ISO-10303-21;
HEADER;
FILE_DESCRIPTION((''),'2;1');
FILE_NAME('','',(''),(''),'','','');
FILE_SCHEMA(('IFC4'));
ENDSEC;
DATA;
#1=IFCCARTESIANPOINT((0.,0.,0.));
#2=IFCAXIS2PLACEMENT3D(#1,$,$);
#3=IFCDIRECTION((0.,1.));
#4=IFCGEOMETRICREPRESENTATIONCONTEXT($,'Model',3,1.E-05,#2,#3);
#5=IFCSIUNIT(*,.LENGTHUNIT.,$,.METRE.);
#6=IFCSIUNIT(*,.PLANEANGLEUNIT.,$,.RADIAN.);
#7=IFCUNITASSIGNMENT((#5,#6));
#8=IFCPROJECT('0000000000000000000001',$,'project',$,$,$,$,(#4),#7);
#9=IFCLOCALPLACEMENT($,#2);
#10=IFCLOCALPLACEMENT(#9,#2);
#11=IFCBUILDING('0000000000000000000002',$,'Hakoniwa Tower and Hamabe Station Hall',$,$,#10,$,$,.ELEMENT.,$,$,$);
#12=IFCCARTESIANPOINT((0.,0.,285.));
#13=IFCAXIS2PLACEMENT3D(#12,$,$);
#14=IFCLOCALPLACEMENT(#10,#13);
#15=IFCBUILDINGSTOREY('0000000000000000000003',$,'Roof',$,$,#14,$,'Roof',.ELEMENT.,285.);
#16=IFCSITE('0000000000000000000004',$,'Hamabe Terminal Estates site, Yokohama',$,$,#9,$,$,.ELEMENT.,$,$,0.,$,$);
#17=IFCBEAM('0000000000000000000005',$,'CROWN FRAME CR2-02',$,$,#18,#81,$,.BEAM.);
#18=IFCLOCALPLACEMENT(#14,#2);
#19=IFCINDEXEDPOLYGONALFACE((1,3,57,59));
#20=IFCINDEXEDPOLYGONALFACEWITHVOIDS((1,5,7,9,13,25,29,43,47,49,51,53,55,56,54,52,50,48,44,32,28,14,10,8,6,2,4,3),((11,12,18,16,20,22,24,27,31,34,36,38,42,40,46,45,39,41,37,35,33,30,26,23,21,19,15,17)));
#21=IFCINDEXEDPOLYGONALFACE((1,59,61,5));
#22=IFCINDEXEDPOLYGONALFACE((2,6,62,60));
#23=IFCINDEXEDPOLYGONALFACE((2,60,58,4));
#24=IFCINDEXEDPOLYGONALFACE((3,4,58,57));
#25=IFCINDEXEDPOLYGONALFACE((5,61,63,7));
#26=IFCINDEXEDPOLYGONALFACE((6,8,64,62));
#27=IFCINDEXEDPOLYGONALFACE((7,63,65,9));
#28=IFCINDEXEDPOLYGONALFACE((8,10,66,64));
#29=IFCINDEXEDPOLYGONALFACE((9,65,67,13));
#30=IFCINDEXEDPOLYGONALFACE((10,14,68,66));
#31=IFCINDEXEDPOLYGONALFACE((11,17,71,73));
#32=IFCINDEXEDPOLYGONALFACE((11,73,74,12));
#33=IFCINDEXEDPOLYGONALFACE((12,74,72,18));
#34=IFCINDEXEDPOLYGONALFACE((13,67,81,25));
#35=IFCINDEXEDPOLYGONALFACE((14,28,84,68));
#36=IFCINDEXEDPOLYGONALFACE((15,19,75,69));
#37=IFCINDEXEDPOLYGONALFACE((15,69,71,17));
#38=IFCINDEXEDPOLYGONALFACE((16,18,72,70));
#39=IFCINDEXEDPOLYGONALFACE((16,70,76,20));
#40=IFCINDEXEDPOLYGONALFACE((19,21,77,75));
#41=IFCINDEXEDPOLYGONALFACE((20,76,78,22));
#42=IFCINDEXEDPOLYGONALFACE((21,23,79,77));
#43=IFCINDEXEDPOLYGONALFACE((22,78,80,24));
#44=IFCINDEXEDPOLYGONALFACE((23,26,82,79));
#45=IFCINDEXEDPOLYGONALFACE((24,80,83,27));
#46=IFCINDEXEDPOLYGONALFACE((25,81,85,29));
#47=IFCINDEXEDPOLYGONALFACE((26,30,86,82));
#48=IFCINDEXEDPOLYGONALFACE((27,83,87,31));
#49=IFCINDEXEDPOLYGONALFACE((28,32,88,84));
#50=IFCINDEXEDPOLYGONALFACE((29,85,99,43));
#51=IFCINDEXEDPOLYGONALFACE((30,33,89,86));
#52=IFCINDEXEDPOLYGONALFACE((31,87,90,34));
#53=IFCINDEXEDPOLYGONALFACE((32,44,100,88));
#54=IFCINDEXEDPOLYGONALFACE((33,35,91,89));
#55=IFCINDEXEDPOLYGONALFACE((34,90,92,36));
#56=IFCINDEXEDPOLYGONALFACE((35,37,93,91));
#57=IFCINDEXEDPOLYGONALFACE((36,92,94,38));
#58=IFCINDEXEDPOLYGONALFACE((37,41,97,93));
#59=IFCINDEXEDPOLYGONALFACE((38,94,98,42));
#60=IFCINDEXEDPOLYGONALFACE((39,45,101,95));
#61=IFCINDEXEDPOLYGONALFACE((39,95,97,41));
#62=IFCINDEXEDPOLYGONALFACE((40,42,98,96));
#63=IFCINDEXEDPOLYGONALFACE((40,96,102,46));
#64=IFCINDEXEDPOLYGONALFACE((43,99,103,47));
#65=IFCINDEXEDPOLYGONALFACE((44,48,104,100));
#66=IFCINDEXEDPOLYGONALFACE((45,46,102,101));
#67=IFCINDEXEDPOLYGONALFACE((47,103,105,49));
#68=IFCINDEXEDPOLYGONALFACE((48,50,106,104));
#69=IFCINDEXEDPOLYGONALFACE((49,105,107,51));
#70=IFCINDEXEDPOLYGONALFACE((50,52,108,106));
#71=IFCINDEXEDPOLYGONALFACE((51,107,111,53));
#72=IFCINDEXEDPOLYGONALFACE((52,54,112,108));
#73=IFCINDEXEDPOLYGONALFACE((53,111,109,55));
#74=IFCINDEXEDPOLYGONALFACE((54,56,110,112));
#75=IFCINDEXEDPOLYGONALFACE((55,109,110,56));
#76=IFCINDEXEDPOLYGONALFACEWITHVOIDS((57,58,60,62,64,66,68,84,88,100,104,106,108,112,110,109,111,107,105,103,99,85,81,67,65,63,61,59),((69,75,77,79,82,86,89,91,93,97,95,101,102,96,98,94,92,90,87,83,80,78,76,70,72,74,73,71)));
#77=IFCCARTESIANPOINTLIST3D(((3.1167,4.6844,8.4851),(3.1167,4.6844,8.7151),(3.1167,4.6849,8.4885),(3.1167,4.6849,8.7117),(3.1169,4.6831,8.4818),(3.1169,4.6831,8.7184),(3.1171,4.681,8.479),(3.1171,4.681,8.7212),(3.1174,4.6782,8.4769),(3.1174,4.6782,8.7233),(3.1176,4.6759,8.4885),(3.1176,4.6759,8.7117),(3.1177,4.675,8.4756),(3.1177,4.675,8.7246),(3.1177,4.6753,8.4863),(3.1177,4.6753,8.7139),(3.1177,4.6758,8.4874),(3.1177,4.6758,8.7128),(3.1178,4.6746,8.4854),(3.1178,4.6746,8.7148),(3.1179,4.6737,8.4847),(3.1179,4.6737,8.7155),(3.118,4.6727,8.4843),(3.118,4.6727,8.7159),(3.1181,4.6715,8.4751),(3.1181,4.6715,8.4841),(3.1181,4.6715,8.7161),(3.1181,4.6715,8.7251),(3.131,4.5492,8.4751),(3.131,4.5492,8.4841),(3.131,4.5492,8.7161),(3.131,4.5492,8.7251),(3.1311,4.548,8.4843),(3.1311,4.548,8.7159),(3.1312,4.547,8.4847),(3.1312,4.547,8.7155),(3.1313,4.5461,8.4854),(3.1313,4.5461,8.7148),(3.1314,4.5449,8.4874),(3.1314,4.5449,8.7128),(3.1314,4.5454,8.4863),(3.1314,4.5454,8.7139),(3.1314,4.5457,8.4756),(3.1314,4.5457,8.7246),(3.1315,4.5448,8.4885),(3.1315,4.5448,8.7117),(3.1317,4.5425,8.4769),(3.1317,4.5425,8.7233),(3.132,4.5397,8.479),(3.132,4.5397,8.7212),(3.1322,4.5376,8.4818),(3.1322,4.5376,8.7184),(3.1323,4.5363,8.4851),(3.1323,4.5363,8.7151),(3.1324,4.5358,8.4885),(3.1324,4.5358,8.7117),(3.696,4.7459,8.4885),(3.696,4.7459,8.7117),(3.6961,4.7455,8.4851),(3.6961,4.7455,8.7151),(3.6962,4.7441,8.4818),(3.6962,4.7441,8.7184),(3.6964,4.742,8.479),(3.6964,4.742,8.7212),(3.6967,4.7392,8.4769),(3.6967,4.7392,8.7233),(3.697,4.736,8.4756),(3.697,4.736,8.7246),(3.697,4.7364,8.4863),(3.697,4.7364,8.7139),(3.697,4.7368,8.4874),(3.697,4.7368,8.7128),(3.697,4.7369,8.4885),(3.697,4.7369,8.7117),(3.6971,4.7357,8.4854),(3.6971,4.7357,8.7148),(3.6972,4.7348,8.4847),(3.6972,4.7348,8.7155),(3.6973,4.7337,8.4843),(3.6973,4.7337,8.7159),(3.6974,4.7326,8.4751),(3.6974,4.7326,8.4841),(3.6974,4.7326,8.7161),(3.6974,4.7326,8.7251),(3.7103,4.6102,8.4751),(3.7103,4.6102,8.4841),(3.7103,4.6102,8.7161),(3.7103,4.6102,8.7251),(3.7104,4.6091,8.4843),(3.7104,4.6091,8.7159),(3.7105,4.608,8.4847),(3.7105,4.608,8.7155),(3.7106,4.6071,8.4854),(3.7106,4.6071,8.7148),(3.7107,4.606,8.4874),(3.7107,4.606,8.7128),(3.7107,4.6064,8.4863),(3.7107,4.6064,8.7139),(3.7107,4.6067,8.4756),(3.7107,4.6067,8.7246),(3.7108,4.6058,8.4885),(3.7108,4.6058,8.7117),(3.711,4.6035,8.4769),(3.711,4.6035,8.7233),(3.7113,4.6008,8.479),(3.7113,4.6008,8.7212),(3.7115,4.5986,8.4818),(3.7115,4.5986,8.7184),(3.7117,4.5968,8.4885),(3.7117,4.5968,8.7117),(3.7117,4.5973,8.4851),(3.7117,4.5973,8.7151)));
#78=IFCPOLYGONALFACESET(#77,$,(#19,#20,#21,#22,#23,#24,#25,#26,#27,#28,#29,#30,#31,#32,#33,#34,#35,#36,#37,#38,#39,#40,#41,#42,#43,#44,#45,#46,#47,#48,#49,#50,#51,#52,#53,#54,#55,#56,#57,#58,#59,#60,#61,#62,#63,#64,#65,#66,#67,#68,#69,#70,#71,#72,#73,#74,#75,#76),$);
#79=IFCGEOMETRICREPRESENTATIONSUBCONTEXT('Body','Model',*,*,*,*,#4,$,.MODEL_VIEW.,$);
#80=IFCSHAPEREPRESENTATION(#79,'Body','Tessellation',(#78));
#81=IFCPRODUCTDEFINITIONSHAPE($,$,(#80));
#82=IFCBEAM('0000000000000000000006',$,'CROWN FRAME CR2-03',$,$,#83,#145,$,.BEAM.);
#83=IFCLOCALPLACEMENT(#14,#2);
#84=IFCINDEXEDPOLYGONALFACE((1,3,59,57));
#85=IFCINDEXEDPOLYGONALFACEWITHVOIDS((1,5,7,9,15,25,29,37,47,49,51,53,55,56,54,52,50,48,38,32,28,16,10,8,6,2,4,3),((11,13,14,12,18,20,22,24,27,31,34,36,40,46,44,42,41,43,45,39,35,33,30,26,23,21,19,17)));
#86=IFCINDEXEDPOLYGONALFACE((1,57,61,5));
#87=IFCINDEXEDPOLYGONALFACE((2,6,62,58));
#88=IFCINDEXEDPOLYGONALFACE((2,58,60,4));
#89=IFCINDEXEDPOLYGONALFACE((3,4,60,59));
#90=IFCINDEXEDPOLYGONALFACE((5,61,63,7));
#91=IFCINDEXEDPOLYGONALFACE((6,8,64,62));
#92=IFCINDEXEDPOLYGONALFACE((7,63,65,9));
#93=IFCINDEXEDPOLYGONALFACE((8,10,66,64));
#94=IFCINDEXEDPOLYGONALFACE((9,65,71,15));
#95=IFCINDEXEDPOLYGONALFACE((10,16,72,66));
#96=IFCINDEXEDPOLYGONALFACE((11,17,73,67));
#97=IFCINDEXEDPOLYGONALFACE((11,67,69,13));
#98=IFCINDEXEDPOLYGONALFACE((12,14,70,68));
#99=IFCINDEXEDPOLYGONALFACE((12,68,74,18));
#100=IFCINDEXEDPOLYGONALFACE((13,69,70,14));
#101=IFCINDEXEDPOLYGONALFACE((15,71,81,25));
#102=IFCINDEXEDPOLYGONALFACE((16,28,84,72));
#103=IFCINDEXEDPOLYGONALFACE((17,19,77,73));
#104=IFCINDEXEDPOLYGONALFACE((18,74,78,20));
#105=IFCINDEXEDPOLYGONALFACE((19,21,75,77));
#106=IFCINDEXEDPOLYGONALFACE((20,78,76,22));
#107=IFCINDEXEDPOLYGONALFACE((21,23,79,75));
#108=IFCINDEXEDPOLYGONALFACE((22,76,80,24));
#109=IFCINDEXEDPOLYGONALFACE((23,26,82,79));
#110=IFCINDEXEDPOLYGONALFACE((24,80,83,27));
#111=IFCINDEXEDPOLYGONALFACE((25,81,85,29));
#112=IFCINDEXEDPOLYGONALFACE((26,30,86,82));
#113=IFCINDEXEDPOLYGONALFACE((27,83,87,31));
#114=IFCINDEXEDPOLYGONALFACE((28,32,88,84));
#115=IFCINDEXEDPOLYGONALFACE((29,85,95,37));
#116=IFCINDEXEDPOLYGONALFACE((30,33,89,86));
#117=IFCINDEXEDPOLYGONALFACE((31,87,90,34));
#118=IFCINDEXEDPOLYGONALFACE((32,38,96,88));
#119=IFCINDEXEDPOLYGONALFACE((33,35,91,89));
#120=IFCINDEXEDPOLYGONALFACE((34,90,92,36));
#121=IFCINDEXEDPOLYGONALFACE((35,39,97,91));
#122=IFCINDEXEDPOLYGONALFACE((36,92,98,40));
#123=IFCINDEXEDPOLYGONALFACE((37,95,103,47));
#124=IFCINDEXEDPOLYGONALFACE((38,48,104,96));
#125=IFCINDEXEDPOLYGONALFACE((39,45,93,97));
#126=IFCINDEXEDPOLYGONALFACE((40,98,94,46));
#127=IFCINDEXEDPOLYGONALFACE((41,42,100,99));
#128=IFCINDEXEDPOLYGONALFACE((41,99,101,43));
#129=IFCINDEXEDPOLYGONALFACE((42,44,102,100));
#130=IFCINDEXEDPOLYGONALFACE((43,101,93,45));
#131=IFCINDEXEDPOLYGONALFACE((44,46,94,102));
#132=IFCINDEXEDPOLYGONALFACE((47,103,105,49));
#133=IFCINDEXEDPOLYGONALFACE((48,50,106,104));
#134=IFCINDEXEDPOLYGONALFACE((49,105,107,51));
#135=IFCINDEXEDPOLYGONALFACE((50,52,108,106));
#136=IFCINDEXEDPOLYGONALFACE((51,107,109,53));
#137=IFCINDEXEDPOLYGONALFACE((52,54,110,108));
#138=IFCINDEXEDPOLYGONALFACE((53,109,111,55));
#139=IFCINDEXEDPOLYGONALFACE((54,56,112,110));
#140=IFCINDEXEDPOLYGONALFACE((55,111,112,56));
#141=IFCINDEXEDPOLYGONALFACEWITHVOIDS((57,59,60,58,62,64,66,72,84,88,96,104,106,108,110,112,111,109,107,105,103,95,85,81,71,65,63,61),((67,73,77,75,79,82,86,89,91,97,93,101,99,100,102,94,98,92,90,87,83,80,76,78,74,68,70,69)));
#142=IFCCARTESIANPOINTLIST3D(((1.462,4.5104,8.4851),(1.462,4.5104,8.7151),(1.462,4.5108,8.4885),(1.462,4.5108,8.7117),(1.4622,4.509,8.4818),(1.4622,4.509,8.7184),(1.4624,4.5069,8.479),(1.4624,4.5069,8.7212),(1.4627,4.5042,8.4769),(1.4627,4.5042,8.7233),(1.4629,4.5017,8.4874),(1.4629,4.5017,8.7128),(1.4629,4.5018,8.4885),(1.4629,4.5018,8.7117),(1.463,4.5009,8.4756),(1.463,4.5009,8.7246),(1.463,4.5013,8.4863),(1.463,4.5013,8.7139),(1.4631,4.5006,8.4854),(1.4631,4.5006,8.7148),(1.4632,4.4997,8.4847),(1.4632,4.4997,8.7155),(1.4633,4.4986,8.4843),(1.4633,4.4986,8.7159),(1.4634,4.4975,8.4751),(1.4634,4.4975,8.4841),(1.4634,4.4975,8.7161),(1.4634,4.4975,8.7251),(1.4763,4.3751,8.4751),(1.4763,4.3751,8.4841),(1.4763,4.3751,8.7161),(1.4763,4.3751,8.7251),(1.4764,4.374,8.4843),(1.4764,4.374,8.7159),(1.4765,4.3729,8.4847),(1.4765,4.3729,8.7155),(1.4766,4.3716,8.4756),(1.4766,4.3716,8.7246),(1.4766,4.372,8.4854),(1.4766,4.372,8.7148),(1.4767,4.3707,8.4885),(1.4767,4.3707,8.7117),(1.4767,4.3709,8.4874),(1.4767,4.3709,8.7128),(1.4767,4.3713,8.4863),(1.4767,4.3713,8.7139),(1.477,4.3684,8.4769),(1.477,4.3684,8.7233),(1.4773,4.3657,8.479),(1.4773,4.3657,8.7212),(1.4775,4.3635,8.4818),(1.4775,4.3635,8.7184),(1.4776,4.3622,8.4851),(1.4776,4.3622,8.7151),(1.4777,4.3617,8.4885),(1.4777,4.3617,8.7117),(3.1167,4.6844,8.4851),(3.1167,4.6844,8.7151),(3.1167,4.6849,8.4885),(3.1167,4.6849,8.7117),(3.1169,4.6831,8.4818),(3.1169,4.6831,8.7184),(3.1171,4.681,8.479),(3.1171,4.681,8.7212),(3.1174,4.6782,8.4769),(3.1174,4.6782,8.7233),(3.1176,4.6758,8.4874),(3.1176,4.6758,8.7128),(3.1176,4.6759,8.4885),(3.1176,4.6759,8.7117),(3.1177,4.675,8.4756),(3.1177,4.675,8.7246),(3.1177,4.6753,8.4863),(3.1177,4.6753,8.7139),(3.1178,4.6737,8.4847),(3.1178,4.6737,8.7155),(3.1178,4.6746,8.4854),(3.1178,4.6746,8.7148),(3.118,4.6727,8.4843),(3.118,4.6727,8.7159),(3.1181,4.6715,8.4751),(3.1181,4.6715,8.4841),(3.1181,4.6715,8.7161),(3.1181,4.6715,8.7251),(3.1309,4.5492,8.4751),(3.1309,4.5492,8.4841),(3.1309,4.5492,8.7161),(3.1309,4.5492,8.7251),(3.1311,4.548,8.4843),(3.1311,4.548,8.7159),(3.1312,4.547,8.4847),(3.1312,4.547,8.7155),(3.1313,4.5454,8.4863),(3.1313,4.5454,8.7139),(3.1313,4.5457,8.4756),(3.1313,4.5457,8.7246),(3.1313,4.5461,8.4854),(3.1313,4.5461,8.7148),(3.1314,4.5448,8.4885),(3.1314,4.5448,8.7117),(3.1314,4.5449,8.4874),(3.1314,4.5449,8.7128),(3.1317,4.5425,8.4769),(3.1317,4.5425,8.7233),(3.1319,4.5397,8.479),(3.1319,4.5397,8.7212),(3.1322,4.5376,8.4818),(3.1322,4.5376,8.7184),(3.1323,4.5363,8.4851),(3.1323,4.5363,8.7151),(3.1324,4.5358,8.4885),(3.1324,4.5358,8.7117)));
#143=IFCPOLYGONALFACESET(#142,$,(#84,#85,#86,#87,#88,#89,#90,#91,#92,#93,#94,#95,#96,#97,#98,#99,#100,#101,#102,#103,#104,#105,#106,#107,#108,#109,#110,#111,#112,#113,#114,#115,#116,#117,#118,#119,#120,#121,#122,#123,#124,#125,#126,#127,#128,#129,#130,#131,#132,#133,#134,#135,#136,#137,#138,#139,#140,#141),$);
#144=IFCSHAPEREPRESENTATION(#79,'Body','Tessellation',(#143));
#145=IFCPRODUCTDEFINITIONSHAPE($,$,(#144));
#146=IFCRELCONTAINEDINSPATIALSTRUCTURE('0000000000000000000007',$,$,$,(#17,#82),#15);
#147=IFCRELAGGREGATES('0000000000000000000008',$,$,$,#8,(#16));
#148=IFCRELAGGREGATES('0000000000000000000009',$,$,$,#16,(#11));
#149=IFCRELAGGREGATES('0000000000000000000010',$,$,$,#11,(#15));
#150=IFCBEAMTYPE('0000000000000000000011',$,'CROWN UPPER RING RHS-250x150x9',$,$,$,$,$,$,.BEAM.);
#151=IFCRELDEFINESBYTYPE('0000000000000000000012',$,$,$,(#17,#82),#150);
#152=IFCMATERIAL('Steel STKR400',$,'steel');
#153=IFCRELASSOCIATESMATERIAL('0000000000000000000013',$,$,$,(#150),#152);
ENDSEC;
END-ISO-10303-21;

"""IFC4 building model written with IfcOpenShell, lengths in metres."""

from ifc_helpers import new_model, si_unit, direction, frame, origin, origin_2d, place, context, subcontext, project, spatial, hollow_rectangle, extrude, material, material_profile, profile_set, type_object, element, save


model = new_model("IFC4")

# Units and contexts
model_context = context("Model", 3, precision=1e-05, world=origin(), true_north=direction((0.0, 1.0)))
body_context = subcontext(model_context, "Body", "Model", "MODEL_VIEW")
ifc_project = project(units=[si_unit("LENGTHUNIT", "METRE"), si_unit("PLANEANGLEUNIT", "RADIAN")], contexts=[model_context])

# Site, building, storey
site_placement = place(None, origin())
site = spatial("IfcSite", under=ifc_project, at=site_placement, Name="Hamabe Terminal Estates site, Yokohama", CompositionType="ELEMENT", RefElevation=0.0)
building_placement = place(site_placement, origin())
building = spatial("IfcBuilding", under=site, at=building_placement, Name="Hakoniwa Tower and Hamabe Station Hall", CompositionType="ELEMENT")
storey_placement = place(building_placement, frame((0.0, 0.0, 285.0)))
storey = spatial("IfcBuildingStorey", under=building, at=storey_placement, Name="Roof", LongName="Roof", CompositionType="ELEMENT", Elevation=285.0)

# Beams
ifc_material_1 = material(Name="Steel STKR400", Category="steel")
ifc_material_profile_1 = material_profile(ifc_material_1, hollow_rectangle(XDim=0.1499, YDim=0.25, WallThickness=0.009, InnerFilletRadius=0.0044, OuterFilletRadius=0.0134, at=origin_2d()), Name="RHS-250x150x9")
ifc_profile_set_1 = profile_set([ifc_material_profile_1], Name="Steel STKR400")
beam_type = type_object("IfcBeamType", Name="CROWN UPPER RING RHS-250x150x9", PredefinedType="BEAM", material=ifc_profile_set_1)
beam_1_placement = place(storey_placement, frame((3.7039, 4.6714, 8.6001), z_axis=(-0.994496, -0.104772, 0.0), x_axis=(0.104772, -0.994496, 0.0)))
element("IfcBeam", 1, at=beam_1_placement, inside=storey, type_object=beam_type, Name="CROWN FRAME CR2-02", PredefinedType="BEAM", context=body_context, shape_type="SweptSolid", body=[
    extrude(hollow_rectangle(XDim=0.1499, YDim=0.25, WallThickness=0.009, InnerFilletRadius=0.0044, OuterFilletRadius=0.0134, at=origin_2d()), origin(), (0.0, 0.0, 1.0), 0.5825),
])
beam_2_placement = place(storey_placement, frame((3.1245, 4.6104, 8.6001), z_axis=(-0.994513, -0.104616, 0.0), x_axis=(0.104616, -0.994513, 0.0)))
element("IfcBeam", 2, at=beam_2_placement, inside=storey, type_object=beam_type, Name="CROWN FRAME CR2-03", PredefinedType="BEAM", context=body_context, shape_type="SweptSolid", body=[
    extrude(hollow_rectangle(XDim=0.1499, YDim=0.25, WallThickness=0.009, InnerFilletRadius=0.0044, OuterFilletRadius=0.0134, at=origin_2d()), origin(), (0.0, 0.0, 1.0), 1.6638),
])

save(model, "model.ifc")
